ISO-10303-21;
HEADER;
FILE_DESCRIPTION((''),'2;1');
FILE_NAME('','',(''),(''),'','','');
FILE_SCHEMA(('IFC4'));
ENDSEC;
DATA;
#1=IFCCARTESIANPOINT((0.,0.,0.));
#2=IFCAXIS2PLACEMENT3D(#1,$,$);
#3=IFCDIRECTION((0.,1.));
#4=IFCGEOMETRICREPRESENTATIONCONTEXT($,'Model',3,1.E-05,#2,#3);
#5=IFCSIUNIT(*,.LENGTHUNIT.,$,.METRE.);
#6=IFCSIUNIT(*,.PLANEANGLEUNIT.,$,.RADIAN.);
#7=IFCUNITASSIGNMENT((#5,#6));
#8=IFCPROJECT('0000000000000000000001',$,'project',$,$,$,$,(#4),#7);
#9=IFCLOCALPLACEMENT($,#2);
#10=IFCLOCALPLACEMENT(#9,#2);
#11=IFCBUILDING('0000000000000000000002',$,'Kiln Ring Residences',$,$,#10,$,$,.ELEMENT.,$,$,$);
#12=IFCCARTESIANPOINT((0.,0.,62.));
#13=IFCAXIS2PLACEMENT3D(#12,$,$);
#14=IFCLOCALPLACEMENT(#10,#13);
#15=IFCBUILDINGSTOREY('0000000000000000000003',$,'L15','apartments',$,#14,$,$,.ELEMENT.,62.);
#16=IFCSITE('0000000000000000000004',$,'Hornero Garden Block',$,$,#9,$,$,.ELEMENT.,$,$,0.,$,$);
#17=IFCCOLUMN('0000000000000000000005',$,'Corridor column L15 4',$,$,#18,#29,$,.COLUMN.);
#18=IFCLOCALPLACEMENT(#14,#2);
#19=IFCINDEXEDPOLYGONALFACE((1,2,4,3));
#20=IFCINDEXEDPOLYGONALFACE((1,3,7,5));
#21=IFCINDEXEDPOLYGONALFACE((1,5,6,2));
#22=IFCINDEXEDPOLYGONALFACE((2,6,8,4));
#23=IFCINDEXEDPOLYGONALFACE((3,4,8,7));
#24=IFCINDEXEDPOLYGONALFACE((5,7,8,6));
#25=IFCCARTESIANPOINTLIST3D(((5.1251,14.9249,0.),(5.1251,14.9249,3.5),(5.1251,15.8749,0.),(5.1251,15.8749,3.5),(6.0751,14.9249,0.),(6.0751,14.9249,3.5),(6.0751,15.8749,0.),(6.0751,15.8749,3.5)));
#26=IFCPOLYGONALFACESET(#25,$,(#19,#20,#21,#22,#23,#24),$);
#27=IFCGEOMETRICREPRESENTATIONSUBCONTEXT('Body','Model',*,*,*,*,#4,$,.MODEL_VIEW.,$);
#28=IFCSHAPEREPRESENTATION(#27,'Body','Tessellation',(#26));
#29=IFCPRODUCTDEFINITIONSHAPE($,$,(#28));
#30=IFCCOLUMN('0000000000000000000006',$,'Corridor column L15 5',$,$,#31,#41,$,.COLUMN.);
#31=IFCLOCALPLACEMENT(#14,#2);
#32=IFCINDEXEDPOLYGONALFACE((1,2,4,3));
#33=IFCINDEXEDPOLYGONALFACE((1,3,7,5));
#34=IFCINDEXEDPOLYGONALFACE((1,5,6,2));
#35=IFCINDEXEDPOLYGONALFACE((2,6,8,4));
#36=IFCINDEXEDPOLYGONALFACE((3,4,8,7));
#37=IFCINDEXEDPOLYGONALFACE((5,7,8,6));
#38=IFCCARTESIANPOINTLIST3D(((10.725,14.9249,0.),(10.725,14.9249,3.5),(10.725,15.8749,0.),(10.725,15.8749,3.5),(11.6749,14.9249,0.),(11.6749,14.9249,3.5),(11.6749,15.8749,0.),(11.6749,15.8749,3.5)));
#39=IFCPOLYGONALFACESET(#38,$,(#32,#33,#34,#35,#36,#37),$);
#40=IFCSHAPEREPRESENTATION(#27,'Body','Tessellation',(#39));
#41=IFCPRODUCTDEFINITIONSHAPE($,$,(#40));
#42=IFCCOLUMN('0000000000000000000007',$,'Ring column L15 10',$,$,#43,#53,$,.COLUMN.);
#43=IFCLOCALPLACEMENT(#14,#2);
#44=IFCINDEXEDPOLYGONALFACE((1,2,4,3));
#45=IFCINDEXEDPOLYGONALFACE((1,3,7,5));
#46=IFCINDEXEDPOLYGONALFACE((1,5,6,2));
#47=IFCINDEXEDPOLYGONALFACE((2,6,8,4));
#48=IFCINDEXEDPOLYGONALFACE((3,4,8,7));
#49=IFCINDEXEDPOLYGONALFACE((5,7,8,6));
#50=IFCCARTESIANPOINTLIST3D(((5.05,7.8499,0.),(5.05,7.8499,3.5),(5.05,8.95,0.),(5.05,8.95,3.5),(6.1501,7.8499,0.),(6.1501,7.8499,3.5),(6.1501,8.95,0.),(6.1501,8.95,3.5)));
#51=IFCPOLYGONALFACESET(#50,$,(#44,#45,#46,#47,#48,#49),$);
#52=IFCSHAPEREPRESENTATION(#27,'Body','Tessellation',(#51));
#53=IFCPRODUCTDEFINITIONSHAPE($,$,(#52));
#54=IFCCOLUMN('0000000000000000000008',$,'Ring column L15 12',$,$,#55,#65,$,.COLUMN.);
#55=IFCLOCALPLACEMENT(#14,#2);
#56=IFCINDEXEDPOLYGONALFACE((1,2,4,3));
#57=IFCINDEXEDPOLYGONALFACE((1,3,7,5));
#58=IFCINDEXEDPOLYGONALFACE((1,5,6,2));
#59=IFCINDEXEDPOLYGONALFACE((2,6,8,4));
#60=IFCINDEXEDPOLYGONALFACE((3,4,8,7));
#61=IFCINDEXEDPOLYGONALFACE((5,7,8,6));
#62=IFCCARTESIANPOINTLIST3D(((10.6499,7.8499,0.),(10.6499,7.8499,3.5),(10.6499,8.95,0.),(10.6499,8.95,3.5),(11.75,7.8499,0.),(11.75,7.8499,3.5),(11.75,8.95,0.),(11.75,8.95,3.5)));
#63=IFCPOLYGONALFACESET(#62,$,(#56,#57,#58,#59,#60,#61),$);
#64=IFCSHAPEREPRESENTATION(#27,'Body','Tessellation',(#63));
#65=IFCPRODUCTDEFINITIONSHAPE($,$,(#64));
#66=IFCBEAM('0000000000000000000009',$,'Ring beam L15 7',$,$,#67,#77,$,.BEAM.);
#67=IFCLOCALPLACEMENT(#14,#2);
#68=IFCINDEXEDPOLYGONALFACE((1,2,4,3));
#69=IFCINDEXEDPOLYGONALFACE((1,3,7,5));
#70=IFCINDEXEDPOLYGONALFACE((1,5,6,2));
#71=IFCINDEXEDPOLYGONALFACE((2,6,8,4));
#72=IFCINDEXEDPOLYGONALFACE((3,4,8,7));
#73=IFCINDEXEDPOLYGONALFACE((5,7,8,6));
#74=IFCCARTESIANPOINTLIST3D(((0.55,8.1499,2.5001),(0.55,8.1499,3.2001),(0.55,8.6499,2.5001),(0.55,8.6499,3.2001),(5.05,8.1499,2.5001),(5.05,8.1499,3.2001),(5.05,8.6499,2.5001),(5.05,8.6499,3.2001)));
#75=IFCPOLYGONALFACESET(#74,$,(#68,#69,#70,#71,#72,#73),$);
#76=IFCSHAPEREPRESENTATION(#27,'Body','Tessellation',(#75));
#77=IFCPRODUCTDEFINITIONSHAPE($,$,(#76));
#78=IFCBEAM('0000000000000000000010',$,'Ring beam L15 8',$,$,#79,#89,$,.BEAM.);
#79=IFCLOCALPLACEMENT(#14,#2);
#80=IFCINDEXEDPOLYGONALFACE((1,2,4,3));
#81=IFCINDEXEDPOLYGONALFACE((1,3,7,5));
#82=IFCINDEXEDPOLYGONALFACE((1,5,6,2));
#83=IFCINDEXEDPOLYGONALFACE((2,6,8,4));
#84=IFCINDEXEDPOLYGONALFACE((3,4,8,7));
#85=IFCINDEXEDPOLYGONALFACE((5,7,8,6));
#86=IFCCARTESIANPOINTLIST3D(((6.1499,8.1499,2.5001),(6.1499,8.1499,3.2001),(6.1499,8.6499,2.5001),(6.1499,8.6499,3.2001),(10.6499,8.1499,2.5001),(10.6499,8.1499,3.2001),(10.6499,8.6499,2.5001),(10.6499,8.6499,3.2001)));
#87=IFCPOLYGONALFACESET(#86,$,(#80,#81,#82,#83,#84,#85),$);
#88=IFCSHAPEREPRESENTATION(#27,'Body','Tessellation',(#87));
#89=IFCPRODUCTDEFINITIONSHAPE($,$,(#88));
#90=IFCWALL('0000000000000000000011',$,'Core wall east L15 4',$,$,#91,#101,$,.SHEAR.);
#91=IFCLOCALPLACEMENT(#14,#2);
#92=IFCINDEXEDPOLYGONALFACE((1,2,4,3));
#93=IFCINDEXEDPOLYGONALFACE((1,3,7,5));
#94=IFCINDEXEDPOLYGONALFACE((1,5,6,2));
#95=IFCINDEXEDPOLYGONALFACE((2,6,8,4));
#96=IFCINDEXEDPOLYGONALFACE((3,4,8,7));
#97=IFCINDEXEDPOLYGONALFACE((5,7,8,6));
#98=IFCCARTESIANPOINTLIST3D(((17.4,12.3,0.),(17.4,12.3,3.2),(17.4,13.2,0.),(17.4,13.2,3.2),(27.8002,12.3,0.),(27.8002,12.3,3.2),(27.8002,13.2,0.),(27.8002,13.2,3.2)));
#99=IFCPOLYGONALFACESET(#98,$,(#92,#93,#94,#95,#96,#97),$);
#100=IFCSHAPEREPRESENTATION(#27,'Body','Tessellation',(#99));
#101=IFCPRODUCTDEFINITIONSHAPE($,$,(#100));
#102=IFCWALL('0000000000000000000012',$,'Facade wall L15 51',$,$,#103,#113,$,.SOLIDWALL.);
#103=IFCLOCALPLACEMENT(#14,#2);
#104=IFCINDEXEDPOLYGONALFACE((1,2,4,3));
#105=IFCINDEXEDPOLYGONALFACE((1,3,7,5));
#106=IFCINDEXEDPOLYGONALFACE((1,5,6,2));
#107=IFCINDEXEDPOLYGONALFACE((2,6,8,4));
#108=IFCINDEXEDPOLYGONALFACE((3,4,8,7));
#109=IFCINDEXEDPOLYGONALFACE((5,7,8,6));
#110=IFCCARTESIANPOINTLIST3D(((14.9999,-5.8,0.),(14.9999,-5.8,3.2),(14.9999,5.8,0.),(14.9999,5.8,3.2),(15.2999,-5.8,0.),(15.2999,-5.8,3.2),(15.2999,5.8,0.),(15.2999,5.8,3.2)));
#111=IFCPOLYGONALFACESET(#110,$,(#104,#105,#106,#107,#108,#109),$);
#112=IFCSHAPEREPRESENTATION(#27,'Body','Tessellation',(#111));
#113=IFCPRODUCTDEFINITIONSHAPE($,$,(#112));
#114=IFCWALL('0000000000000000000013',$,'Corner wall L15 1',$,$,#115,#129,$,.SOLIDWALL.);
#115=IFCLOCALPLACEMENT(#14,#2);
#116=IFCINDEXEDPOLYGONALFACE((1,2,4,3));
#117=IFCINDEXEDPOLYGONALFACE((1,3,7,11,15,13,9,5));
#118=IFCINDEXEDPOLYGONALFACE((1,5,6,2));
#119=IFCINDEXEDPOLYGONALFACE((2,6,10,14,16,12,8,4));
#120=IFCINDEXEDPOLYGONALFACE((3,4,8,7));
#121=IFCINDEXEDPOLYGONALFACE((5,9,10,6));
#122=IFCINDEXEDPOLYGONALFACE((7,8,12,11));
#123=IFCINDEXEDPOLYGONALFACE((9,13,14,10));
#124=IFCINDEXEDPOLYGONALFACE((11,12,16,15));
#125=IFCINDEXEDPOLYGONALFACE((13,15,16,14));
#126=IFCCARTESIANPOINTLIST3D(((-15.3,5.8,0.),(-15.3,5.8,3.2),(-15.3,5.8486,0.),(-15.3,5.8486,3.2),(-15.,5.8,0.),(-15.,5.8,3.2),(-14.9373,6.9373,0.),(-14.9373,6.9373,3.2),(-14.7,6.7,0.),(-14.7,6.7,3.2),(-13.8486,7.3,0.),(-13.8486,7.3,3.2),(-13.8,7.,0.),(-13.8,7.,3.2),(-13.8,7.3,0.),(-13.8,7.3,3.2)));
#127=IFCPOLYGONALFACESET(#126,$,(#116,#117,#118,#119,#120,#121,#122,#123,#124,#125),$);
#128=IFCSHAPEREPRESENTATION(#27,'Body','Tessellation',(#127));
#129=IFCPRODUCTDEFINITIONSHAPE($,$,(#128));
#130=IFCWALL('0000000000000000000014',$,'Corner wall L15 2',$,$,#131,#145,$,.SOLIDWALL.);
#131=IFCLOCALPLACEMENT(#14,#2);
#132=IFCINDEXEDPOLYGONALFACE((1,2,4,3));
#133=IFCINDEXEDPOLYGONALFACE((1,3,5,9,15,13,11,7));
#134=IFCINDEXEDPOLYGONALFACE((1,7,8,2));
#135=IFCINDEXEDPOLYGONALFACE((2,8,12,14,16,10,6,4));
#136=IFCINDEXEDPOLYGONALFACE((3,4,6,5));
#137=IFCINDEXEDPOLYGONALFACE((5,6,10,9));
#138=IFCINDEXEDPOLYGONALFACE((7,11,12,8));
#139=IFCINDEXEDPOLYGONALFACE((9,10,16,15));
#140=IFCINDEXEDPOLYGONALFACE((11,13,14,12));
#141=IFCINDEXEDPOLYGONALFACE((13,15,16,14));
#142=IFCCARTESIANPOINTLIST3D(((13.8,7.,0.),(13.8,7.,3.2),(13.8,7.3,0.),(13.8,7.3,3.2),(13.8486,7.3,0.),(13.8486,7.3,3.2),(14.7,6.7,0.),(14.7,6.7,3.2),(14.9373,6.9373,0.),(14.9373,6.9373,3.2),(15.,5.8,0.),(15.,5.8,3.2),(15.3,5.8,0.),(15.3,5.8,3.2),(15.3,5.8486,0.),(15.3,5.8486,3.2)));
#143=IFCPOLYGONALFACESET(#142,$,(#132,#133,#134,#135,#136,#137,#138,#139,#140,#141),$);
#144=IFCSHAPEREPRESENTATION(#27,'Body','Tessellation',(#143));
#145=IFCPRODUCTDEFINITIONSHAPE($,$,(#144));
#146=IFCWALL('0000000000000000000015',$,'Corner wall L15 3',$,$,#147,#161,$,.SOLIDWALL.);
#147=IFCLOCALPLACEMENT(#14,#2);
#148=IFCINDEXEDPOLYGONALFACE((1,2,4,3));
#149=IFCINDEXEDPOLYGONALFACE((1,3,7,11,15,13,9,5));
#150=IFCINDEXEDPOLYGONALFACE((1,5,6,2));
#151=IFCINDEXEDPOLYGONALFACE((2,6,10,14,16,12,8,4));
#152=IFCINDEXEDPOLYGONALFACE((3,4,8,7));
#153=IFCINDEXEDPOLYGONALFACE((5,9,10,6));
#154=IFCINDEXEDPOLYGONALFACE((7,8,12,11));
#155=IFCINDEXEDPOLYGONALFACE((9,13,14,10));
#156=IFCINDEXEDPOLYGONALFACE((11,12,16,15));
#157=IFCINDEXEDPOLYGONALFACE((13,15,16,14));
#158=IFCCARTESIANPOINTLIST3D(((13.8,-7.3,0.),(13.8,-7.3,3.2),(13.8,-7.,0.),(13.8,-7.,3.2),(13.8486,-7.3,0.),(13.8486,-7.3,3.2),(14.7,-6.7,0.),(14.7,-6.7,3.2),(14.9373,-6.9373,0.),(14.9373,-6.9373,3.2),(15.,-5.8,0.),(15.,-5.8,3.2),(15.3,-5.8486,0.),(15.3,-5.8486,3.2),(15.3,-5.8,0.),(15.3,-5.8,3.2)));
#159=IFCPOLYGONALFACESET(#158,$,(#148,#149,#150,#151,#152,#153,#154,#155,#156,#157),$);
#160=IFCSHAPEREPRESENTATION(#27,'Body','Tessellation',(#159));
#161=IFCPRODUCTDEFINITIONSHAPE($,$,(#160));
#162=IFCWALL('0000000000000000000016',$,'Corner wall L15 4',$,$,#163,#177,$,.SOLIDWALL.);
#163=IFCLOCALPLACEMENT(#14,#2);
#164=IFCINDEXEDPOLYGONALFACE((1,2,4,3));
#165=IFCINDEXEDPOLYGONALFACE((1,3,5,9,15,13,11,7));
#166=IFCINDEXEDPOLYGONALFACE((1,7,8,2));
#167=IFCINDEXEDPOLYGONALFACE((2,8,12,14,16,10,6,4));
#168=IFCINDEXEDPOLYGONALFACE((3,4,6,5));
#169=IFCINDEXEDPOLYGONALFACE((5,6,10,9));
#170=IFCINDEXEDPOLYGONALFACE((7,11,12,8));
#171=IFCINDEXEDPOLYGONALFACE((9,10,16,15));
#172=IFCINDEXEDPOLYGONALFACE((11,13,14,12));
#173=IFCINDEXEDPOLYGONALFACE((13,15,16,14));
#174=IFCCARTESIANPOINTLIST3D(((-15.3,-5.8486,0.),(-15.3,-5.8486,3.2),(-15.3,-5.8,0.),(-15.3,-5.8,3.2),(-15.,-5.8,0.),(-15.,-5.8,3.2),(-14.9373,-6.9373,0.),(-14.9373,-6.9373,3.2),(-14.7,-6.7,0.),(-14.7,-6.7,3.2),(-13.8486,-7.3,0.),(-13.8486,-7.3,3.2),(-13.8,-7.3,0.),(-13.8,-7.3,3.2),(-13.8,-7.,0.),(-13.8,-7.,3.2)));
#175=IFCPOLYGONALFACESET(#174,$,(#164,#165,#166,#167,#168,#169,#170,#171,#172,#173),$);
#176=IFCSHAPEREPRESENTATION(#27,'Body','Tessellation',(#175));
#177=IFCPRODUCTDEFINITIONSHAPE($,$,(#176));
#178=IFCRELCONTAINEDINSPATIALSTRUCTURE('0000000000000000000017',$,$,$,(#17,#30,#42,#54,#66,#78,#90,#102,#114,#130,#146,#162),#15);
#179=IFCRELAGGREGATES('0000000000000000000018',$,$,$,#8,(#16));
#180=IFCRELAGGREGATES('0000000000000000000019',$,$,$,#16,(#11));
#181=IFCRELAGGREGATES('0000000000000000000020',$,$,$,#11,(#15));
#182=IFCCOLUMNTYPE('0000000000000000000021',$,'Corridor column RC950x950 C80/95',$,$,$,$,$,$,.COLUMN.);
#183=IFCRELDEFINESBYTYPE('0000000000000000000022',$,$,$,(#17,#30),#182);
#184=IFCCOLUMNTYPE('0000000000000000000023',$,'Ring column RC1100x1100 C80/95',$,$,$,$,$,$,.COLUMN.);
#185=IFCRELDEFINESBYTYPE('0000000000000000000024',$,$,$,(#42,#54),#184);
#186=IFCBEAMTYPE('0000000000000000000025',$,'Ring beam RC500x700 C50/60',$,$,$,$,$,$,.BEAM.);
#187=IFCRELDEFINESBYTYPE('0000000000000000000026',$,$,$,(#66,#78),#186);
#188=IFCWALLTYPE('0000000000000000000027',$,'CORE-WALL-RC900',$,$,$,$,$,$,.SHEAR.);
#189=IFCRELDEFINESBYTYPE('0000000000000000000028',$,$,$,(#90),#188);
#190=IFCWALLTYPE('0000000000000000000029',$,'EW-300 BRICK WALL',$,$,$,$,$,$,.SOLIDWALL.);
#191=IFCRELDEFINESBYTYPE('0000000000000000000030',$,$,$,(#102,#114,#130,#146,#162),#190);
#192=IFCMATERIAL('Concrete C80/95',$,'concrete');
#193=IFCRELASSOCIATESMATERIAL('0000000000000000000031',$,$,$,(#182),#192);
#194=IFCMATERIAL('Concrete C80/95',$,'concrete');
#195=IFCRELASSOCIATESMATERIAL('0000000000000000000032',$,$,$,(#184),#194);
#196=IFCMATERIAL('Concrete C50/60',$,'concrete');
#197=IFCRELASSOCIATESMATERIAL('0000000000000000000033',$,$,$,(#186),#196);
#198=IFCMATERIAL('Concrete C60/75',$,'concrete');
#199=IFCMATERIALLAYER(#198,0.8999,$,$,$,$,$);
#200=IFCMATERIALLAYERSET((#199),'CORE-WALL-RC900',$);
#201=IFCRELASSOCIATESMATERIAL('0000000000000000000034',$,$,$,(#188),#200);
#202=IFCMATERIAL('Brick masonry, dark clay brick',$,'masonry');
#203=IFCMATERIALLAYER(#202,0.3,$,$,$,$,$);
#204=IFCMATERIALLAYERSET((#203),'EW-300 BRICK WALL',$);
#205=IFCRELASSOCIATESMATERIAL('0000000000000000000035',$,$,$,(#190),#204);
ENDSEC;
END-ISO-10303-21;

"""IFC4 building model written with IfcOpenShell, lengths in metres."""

from ifc_helpers import new_model, si_unit, direction, frame, frame_2d, origin, origin_2d, place, context, subcontext, project, spatial, polyline, rectangle, outline, extrude, material, layer, layer_set, material_profile, profile_set, type_object, element, save


model = new_model("IFC4")

# Units and contexts
model_context = context("Model", 3, precision=1e-05, world=origin(), true_north=direction((0.0, 1.0)))
body_context = subcontext(model_context, "Body", "Model", "MODEL_VIEW")
ifc_project = project(units=[si_unit("LENGTHUNIT", "METRE"), si_unit("PLANEANGLEUNIT", "RADIAN")], contexts=[model_context])

# Site, building, storey
site_placement = place(None, origin())
site = spatial("IfcSite", under=ifc_project, at=site_placement, Name="Hornero Garden Block", CompositionType="ELEMENT", RefElevation=0.0)
building_placement = place(site_placement, origin())
building = spatial("IfcBuilding", under=site, at=building_placement, Name="Kiln Ring Residences", CompositionType="ELEMENT")
storey_placement = place(building_placement, frame((0.0, 0.0, 62.0)))
storey = spatial("IfcBuildingStorey", under=building, at=storey_placement, Name="L15", Description="apartments", CompositionType="ELEMENT", Elevation=62.0)

# Columns
ifc_material_1 = material(Name="Concrete C80/95", Category="concrete")
ifc_material_profile_1 = material_profile(ifc_material_1, rectangle(XDim=0.95, YDim=0.95, at=origin_2d()), Name="RC950x950")
ifc_profile_set_1 = profile_set([ifc_material_profile_1], Name="Concrete C80/95")
column_type_1 = type_object("IfcColumnType", Name="Corridor column RC950x950 C80/95", PredefinedType="COLUMN", material=ifc_profile_set_1)
for number, where, z_axis, x_axis, name in (
    (1, (5.6001, 15.3999, 0.0), (0.0, 0.0, 1.0), (1.0, 0.0, 0.0), "Corridor column L15 4"),
    (2, (11.2, 15.3999, 0.0), (0.0, 0.0, 1.0), (1.0, 0.0, 0.0), "Corridor column L15 5"),
):
    element("IfcColumn", number, at=place(storey_placement, frame(where, z_axis=z_axis, x_axis=x_axis)), inside=storey, type_object=column_type_1, Name=name, PredefinedType="COLUMN", context=body_context, shape_type="SweptSolid", body=[
        extrude(rectangle(XDim=0.95, YDim=0.95, at=origin_2d()), origin(), (0.0, 0.0, 1.0), 3.5),
    ])
ifc_material_2 = material(Name="Concrete C80/95", Category="concrete")
ifc_material_profile_2 = material_profile(ifc_material_2, rectangle(XDim=1.1001, YDim=1.1001, at=origin_2d()), Name="RC1100x1100")
ifc_profile_set_2 = profile_set([ifc_material_profile_2], Name="Concrete C80/95")
column_type_2 = type_object("IfcColumnType", Name="Ring column RC1100x1100 C80/95", PredefinedType="COLUMN", material=ifc_profile_set_2)
for number, where, z_axis, x_axis, name in (
    (3, (5.6001, 8.3999, 0.0), (0.0, 0.0, 1.0), (1.0, 0.0, 0.0), "Ring column L15 10"),
    (4, (11.2, 8.3999, 0.0), (0.0, 0.0, 1.0), (1.0, 0.0, 0.0), "Ring column L15 12"),
):
    element("IfcColumn", number, at=place(storey_placement, frame(where, z_axis=z_axis, x_axis=x_axis)), inside=storey, type_object=column_type_2, Name=name, PredefinedType="COLUMN", context=body_context, shape_type="SweptSolid", body=[
        extrude(rectangle(XDim=1.1001, YDim=1.1001, at=origin_2d()), origin(), (0.0, 0.0, 1.0), 3.5),
    ])

# Beams
ifc_material_3 = material(Name="Concrete C50/60", Category="concrete")
ifc_material_profile_3 = material_profile(ifc_material_3, rectangle(XDim=0.5, YDim=0.7, at=origin_2d()), Name="RC500x700")
ifc_profile_set_3 = profile_set([ifc_material_profile_3], Name="Concrete C50/60")
beam_type = type_object("IfcBeamType", Name="Ring beam RC500x700 C50/60", PredefinedType="BEAM", material=ifc_profile_set_3)
for number, where, z_axis, x_axis, name in (
    (5, (0.55, 8.3999, 2.8501), (1.0, 0.0, 0.0), (0.0, 1.0, 0.0), "Ring beam L15 7"),
    (6, (6.1499, 8.3999, 2.8501), (1.0, 0.0, 0.0), (0.0, 1.0, 0.0), "Ring beam L15 8"),
):
    element("IfcBeam", number, at=place(storey_placement, frame(where, z_axis=z_axis, x_axis=x_axis)), inside=storey, type_object=beam_type, Name=name, PredefinedType="BEAM", context=body_context, shape_type="SweptSolid", body=[
        extrude(rectangle(XDim=0.5, YDim=0.7, at=origin_2d()), origin(), (0.0, 0.0, 1.0), 4.5),
    ])

# Walls
ifc_material_4 = material(Name="Concrete C60/75", Category="concrete")
ifc_layer_1 = layer(ifc_material_4, 0.8999)
ifc_layer_set_1 = layer_set([ifc_layer_1], Name="CORE-WALL-RC900")
wall_type_1 = type_object("IfcWallType", Name="CORE-WALL-RC900", PredefinedType="SHEAR", material=ifc_layer_set_1)
wall_1_placement = place(storey_placement, frame((17.3999, 12.75, 0.0), z_axis=(0.0, 0.0, 1.0), x_axis=(1.0, 0.0, 0.0)))
element("IfcWall", 7, at=wall_1_placement, inside=storey, type_object=wall_type_1, Name="Core wall east L15 4", PredefinedType="SHEAR", context=body_context, shape_type="SweptSolid", body=[
    extrude(rectangle(XDim=10.4001, YDim=0.8999, at=frame_2d((5.2002, 0.0))), origin(), (0.0, 0.0, 1.0), 3.2),
])
ifc_material_5 = material(Name="Brick masonry, dark clay brick", Category="masonry")
ifc_layer_2 = layer(ifc_material_5, 0.3)
ifc_layer_set_2 = layer_set([ifc_layer_2], Name="EW-300 BRICK WALL")
wall_type_2 = type_object("IfcWallType", Name="EW-300 BRICK WALL", PredefinedType="SOLIDWALL", material=ifc_layer_set_2)
wall_2_placement = place(storey_placement, frame((15.1499, 5.8, 0.0), z_axis=(0.0, 0.0, 1.0), x_axis=(0.0, -1.0, 0.0)))
element("IfcWall", 8, at=wall_2_placement, inside=storey, type_object=wall_type_2, Name="Facade wall L15 51", PredefinedType="SOLIDWALL", context=body_context, shape_type="SweptSolid", body=[
    extrude(rectangle(XDim=11.6001, YDim=0.3, at=frame_2d((5.8, 0.0))), origin(), (0.0, 0.0, 1.0), 3.2),
])
placement = place(storey_placement, origin())
element("IfcWall", 9, at=placement, inside=storey, type_object=wall_type_2, Name="Corner wall L15 1", PredefinedType="SOLIDWALL", context=body_context, shape_type="SweptSolid", body=[
    extrude(outline(polyline([(-13.8486, 7.3), (-14.9373, 6.9373), (-15.3, 5.8486), (-15.3, 5.8), (-15.0, 5.8), (-14.7, 6.7), (-13.8, 7.0), (-13.8, 7.3), (-13.8486, 7.3)])), origin(), (0.0, 0.0, 1.0), 3.2),
])
element("IfcWall", 10, at=placement, inside=storey, type_object=wall_type_2, Name="Corner wall L15 2", PredefinedType="SOLIDWALL", context=body_context, shape_type="SweptSolid", body=[
    extrude(outline(polyline([(14.9373, 6.9373), (13.8486, 7.3), (13.8, 7.3), (13.8, 7.0), (14.7, 6.7), (15.0, 5.8), (15.3, 5.8), (15.3, 5.8486), (14.9373, 6.9373)])), origin(), (0.0, 0.0, 1.0), 3.2),
])
element("IfcWall", 11, at=placement, inside=storey, type_object=wall_type_2, Name="Corner wall L15 3", PredefinedType="SOLIDWALL", context=body_context, shape_type="SweptSolid", body=[
    extrude(outline(polyline([(14.9373, -6.9373), (15.3, -5.8486), (15.3, -5.8), (15.0, -5.8), (14.7, -6.7), (13.8, -7.0), (13.8, -7.3), (13.8486, -7.3), (14.9373, -6.9373)])), origin(), (0.0, 0.0, 1.0), 3.2),
])
element("IfcWall", 12, at=placement, inside=storey, type_object=wall_type_2, Name="Corner wall L15 4", PredefinedType="SOLIDWALL", context=body_context, shape_type="SweptSolid", body=[
    extrude(outline(polyline([(-14.9373, -6.9373), (-13.8486, -7.3), (-13.8, -7.3), (-13.8, -7.0), (-14.7, -6.7), (-15.0, -5.8), (-15.3, -5.8), (-15.3, -5.8486), (-14.9373, -6.9373)])), origin(), (0.0, 0.0, 1.0), 3.2),
])

save(model, "model.ifc")
